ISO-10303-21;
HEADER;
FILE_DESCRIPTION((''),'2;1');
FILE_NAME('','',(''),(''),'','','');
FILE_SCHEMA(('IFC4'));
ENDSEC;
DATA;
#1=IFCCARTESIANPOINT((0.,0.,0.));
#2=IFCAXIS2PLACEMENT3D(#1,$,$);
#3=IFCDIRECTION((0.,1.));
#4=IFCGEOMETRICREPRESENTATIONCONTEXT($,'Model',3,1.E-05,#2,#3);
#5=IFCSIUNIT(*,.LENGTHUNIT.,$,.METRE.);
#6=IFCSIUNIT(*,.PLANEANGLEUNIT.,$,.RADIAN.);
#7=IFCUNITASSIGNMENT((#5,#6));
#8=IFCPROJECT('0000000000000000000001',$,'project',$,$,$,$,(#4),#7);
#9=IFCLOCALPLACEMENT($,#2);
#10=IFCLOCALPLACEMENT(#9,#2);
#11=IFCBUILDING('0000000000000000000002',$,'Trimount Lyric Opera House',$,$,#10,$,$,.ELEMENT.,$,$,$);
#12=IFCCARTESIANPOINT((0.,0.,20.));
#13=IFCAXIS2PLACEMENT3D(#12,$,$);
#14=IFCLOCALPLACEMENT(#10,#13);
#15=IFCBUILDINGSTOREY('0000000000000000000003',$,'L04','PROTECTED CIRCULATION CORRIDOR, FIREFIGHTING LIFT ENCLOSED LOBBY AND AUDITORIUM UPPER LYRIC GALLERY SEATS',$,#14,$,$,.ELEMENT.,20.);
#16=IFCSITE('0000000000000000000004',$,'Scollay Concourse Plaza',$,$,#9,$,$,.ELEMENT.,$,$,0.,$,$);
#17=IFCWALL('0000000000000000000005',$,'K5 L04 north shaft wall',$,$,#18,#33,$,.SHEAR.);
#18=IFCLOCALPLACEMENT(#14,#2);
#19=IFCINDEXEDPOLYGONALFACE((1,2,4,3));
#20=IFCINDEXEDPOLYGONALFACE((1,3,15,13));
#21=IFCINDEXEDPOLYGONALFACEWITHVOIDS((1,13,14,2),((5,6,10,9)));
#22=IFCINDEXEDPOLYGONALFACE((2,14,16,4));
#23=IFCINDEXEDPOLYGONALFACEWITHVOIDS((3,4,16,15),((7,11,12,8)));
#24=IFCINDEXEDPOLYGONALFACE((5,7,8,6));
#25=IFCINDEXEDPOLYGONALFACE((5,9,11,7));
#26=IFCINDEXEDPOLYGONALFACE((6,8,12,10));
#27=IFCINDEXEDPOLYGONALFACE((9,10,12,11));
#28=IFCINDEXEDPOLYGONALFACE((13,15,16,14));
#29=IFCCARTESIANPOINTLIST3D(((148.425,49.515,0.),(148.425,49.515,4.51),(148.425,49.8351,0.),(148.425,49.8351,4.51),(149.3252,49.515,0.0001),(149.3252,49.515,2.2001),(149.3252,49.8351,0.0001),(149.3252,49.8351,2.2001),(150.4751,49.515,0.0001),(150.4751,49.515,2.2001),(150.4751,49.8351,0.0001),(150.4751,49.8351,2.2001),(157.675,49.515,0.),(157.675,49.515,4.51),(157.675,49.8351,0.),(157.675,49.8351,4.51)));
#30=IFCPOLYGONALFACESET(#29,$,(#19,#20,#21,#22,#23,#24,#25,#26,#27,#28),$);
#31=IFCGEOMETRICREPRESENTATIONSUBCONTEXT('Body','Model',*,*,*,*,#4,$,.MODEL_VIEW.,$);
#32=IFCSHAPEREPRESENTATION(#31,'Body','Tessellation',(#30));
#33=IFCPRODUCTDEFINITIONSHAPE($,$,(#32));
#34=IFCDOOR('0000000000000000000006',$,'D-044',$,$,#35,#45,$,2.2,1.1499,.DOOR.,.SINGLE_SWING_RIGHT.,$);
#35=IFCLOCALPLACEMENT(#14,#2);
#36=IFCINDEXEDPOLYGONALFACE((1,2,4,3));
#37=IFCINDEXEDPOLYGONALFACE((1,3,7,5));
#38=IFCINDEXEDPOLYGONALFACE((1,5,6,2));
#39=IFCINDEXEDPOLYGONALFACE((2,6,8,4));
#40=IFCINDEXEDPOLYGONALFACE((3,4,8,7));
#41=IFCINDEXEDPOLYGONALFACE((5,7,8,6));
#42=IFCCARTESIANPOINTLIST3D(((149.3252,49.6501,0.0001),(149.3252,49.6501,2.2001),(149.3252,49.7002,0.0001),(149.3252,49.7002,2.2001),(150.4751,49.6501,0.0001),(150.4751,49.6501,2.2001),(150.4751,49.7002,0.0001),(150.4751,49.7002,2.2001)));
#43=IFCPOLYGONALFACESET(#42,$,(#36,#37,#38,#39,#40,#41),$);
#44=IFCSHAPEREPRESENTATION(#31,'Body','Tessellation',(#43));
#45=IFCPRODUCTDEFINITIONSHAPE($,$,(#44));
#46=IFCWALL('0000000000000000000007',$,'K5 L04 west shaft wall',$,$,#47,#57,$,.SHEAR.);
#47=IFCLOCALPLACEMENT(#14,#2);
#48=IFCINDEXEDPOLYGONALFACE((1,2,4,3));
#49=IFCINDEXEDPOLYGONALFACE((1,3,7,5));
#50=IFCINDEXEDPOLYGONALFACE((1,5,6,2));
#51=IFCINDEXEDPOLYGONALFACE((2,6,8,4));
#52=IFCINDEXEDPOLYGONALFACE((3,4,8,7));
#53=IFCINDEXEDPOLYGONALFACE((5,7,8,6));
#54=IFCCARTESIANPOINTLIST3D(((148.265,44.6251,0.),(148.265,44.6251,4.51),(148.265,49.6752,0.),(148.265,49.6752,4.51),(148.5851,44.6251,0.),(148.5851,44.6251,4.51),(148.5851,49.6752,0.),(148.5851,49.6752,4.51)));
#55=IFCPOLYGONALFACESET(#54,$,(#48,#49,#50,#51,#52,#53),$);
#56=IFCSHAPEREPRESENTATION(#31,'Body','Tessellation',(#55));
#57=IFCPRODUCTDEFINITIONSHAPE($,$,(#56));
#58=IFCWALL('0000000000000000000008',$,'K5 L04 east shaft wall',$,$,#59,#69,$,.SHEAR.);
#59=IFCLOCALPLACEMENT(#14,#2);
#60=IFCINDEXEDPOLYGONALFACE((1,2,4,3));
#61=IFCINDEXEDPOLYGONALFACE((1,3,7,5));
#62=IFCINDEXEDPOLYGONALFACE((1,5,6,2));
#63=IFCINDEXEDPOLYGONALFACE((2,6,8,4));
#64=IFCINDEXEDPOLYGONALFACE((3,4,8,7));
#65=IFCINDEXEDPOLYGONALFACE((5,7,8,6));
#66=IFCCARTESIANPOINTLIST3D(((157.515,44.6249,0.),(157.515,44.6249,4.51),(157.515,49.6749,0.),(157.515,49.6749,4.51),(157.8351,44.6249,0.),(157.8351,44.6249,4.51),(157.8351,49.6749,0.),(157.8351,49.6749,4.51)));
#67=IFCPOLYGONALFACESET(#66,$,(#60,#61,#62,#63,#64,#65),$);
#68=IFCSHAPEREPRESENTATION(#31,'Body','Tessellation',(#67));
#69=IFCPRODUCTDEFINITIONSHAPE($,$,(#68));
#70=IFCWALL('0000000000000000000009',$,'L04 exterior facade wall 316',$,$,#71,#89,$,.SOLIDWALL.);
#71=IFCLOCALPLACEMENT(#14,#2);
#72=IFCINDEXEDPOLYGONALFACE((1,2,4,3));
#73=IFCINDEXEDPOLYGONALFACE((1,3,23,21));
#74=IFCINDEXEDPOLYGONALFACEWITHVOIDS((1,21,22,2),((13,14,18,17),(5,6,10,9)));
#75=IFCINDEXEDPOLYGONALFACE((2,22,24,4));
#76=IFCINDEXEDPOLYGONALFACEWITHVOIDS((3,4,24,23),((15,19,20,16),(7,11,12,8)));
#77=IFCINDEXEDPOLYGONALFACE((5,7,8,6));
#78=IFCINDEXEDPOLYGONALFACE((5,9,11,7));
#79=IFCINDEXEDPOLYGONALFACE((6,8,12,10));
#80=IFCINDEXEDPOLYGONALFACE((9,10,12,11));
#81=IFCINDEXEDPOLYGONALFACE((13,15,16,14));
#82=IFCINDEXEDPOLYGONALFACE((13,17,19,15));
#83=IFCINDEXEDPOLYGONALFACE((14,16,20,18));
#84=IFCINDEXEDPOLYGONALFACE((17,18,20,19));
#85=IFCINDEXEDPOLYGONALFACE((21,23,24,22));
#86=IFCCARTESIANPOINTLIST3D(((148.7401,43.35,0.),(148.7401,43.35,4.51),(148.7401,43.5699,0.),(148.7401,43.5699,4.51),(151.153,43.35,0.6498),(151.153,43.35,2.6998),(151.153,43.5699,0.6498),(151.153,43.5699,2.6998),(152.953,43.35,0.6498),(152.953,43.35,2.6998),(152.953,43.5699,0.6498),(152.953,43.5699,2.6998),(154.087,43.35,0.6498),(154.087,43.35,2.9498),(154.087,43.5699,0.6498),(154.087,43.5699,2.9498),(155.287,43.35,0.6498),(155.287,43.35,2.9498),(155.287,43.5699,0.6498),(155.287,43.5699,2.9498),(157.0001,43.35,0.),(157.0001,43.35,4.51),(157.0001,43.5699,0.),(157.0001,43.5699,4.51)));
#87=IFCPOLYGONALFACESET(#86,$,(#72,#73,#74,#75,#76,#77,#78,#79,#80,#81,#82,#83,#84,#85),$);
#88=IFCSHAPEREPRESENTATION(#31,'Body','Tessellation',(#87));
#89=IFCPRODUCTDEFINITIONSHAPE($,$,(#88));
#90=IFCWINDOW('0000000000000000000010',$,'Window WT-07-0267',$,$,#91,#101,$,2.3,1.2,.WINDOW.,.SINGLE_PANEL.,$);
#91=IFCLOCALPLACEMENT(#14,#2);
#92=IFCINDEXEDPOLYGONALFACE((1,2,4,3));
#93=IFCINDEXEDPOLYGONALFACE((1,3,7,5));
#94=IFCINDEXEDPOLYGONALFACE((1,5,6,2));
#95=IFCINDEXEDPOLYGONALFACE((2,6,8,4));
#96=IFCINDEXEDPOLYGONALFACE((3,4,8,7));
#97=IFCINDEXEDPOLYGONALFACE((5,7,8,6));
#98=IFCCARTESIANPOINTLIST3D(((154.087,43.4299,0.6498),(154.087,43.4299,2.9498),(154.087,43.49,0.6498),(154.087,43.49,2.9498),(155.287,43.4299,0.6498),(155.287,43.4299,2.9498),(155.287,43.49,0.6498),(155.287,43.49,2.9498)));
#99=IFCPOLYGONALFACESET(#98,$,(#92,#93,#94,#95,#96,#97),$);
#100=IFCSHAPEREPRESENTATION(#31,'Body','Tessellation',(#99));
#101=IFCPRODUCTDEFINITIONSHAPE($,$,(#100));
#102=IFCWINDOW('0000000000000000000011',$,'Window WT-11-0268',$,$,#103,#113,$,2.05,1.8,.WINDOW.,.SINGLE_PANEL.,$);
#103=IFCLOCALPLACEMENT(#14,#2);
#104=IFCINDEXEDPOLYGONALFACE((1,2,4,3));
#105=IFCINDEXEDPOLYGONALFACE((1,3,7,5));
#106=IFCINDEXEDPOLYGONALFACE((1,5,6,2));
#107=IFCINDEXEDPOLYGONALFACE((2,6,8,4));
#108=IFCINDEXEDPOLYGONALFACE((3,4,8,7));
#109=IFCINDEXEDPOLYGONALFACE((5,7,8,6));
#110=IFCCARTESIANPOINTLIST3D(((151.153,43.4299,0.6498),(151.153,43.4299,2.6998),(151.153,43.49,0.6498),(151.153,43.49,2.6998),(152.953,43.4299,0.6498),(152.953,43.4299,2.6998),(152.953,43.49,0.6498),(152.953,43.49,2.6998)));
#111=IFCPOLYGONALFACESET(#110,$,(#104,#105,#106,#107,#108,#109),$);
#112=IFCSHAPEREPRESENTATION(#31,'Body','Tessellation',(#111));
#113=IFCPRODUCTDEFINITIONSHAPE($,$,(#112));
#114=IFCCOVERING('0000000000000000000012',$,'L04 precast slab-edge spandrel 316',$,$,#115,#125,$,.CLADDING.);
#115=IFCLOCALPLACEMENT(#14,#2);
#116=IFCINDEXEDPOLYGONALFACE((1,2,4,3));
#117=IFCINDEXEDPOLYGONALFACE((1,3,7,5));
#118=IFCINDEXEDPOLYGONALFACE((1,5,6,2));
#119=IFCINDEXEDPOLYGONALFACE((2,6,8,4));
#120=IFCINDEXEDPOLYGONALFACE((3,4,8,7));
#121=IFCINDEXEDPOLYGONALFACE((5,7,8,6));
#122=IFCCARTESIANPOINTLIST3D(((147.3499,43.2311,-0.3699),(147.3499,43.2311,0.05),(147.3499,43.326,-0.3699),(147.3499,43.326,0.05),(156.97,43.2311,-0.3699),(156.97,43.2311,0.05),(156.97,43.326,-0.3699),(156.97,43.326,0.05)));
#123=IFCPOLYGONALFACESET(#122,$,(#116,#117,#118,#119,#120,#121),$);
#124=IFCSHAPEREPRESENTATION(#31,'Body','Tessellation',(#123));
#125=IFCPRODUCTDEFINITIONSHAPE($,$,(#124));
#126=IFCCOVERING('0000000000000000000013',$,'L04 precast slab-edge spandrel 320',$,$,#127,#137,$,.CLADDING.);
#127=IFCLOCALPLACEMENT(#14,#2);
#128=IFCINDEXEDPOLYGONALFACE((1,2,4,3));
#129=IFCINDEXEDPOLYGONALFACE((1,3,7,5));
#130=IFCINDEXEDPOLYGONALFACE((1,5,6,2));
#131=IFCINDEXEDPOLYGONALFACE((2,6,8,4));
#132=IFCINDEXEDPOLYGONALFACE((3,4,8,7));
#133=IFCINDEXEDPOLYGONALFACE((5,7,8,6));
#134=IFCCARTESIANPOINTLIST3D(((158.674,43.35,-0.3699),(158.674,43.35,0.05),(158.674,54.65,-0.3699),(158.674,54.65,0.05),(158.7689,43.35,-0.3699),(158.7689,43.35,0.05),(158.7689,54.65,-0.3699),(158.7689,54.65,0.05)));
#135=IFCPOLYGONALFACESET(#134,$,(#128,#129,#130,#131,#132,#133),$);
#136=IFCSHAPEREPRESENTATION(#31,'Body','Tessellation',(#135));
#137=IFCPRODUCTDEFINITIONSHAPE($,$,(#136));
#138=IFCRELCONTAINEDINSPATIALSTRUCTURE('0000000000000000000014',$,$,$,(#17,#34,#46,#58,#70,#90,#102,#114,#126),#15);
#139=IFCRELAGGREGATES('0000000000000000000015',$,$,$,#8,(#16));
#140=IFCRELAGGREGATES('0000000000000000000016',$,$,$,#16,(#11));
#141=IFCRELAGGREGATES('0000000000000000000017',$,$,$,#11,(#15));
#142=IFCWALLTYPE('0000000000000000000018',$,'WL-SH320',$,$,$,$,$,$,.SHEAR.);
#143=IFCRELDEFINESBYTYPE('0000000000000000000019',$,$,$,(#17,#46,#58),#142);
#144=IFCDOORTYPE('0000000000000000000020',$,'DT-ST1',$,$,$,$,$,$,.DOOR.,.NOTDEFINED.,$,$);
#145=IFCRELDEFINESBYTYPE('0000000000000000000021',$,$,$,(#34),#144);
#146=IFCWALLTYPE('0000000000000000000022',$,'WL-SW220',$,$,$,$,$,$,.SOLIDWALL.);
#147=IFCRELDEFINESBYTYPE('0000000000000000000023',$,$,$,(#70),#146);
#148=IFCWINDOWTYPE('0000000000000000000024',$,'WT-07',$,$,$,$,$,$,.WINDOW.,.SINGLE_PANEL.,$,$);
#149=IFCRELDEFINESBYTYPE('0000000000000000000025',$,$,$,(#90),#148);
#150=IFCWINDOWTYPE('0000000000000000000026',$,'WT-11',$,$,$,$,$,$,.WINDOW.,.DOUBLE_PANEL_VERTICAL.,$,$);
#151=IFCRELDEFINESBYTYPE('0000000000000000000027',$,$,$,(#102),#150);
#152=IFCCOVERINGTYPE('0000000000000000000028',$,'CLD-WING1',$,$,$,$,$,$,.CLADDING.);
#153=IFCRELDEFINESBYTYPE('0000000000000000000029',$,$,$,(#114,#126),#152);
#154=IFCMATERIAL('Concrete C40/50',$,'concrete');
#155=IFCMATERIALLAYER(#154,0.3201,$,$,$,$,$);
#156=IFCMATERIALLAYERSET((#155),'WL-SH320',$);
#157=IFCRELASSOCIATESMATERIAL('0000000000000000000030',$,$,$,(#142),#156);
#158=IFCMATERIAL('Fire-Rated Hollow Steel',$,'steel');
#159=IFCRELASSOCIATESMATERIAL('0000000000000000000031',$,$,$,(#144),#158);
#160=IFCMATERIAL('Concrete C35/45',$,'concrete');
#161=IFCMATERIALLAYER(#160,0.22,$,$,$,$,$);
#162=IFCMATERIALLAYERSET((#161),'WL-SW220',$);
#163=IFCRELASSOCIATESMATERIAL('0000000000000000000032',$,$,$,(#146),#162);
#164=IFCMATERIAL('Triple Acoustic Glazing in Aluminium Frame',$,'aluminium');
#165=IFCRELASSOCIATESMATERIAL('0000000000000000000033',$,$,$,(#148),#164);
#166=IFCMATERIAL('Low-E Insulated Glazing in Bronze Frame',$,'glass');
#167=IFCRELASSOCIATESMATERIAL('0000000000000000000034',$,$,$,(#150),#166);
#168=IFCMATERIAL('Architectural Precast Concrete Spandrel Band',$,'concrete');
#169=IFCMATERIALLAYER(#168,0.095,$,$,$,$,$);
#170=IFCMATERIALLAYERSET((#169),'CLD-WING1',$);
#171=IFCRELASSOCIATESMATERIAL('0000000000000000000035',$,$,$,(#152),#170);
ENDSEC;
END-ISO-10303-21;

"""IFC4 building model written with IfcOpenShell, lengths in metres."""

from ifc_helpers import new_model, si_unit, direction, frame, frame_2d, origin, origin_2d, place, context, subcontext, project, spatial, rectangle, extrude, material, layer, layer_set, type_object, element, fill, save


model = new_model("IFC4")

# Units and contexts
model_context = context("Model", 3, precision=1e-05, world=origin(), true_north=direction((0.0, 1.0)))
body_context = subcontext(model_context, "Body", "Model", "MODEL_VIEW")
ifc_project = project(units=[si_unit("LENGTHUNIT", "METRE"), si_unit("PLANEANGLEUNIT", "RADIAN")], contexts=[model_context])

# Site, building, storey
site_placement = place(None, origin())
site = spatial("IfcSite", under=ifc_project, at=site_placement, Name="Scollay Concourse Plaza", CompositionType="ELEMENT", RefElevation=0.0)
building_placement = place(site_placement, origin())
building = spatial("IfcBuilding", under=site, at=building_placement, Name="Trimount Lyric Opera House", CompositionType="ELEMENT")
storey_placement = place(building_placement, frame((0.0, 0.0, 20.0)))
storey = spatial("IfcBuildingStorey", under=building, at=storey_placement, Name="L04", Description="PROTECTED CIRCULATION CORRIDOR, FIREFIGHTING LIFT ENCLOSED LOBBY AND AUDITORIUM UPPER LYRIC GALLERY SEATS", CompositionType="ELEMENT", Elevation=20.0)

# Shared definitions
ifc_material_1 = material(Name="Concrete C40/50", Category="concrete")
ifc_layer_1 = layer(ifc_material_1, 0.3201)
ifc_layer_set_1 = layer_set([ifc_layer_1], Name="WL-SH320")
wall_type_1 = type_object("IfcWallType", Name="WL-SH320", PredefinedType="SHEAR", material=ifc_layer_set_1)

# Wall, opening, door
wall_1_placement = place(storey_placement, frame((157.675, 49.675, 0.0), z_axis=(0.0, 0.0, 1.0), x_axis=(-1.0, 0.0, 0.0)))
wall_1 = element("IfcWall", 1, at=wall_1_placement, inside=storey, type_object=wall_type_1, Name="K5 L04 north shaft wall", PredefinedType="SHEAR", context=body_context, shape_type="SweptSolid", body=[
    extrude(rectangle(XDim=9.25, YDim=0.3201, at=frame_2d((4.625, 0.0))), origin(), (0.0, 0.0, 1.0), 4.51),
])
opening_1_placement = place(wall_1_placement, frame((7.2, 0.0, 0.0)))
opening_1 = element("IfcOpeningElement", 2, at=opening_1_placement, cuts=wall_1, PredefinedType="OPENING", context=body_context, shape_type="SweptSolid", body=[
    extrude(rectangle(XDim=1.1499, YDim=2.2, at=frame_2d((0.575, 1.1001))), frame((0.0, 0.1699, 0.0), z_axis=(0.0, -1.0, 0.0), x_axis=(1.0, 0.0, 0.0)), (0.0, 0.0, 1.0), 0.3401),
])
ifc_material_2 = material(Name="Fire-Rated Hollow Steel", Category="steel")
door_type_1 = type_object("IfcDoorType", Name="DT-ST1", OperationType="NOTDEFINED", PredefinedType="DOOR", material=ifc_material_2)
door_1_placement = place(opening_1_placement, origin())
door_1 = element("IfcDoor", 3, at=door_1_placement, inside=storey, type_object=door_type_1, Name="D-044", OperationType="SINGLE_SWING_RIGHT", OverallHeight=2.2, OverallWidth=1.1499, PredefinedType="DOOR", context=body_context, shape_type="SweptSolid", body=[
    extrude(rectangle(XDim=1.1499, YDim=2.2, at=frame_2d((0.575, 1.1001))), frame((0.0, 0.0249, 0.0), z_axis=(0.0, -1.0, 0.0), x_axis=(1.0, 0.0, 0.0)), (0.0, 0.0, 1.0), 0.05),
])
fill(opening_1, door_1)

# Walls
for number, where, z_axis, x_axis, name in (
    (4, (148.425, 49.675, 0.0), (0.0, 0.0, 1.0), (0.0, -1.0, 0.0), "K5 L04 west shaft wall"),
    (5, (157.675, 44.625, 0.0), (0.0, 0.0, 1.0), (0.0, 1.0, 0.0), "K5 L04 east shaft wall"),
):
    element("IfcWall", number, at=place(storey_placement, frame(where, z_axis=z_axis, x_axis=x_axis)), inside=storey, type_object=wall_type_1, Name=name, PredefinedType="SHEAR", context=body_context, shape_type="SweptSolid", body=[
        extrude(rectangle(XDim=5.05, YDim=0.3201, at=frame_2d((2.5249, 0.0))), origin(), (0.0, 0.0, 1.0), 4.51),
    ])
ifc_material_3 = material(Name="Concrete C35/45", Category="concrete")
ifc_layer_2 = layer(ifc_material_3, 0.22)
ifc_layer_set_2 = layer_set([ifc_layer_2], Name="WL-SW220")
wall_type_2 = type_object("IfcWallType", Name="WL-SW220", PredefinedType="SOLIDWALL", material=ifc_layer_set_2)

# Wall, openings, windows
wall_2_placement = place(storey_placement, frame((157.0, 43.46, 0.0), z_axis=(0.0, 0.0, 1.0), x_axis=(-1.0, 0.0, 0.0)))
wall_2 = element("IfcWall", 6, at=wall_2_placement, inside=storey, type_object=wall_type_2, Name="L04 exterior facade wall 316", PredefinedType="SOLIDWALL", context=body_context, shape_type="SweptSolid", body=[
    extrude(rectangle(XDim=8.26, YDim=0.22, at=frame_2d((4.1299, 0.0))), origin(), (0.0, 0.0, 1.0), 4.51),
])
opening_2_placement = place(wall_2_placement, frame((1.7129, 0.0, 0.6499)))
opening_2 = element("IfcOpeningElement", 7, at=opening_2_placement, cuts=wall_2, PredefinedType="OPENING", context=body_context, shape_type="SweptSolid", body=[
    extrude(rectangle(XDim=1.2, YDim=2.3, at=frame_2d((0.6001, 1.1499))), frame((0.0, 0.1201, 0.0), z_axis=(0.0, -1.0, 0.0), x_axis=(1.0, 0.0, 0.0)), (0.0, 0.0, 1.0), 0.24),
])
opening_3_placement = place(wall_2_placement, frame((4.0471, 0.0, 0.6499)))
opening_3 = element("IfcOpeningElement", 8, at=opening_3_placement, cuts=wall_2, PredefinedType="OPENING", context=body_context, shape_type="SweptSolid", body=[
    extrude(rectangle(XDim=1.8, YDim=2.05, at=frame_2d((0.8999, 1.0249))), frame((0.0, 0.1201, 0.0), z_axis=(0.0, -1.0, 0.0), x_axis=(1.0, 0.0, 0.0)), (0.0, 0.0, 1.0), 0.24),
])
ifc_material_4 = material(Name="Triple Acoustic Glazing in Aluminium Frame", Category="aluminium")
window_type_1 = type_object("IfcWindowType", Name="WT-07", PartitioningType="SINGLE_PANEL", PredefinedType="WINDOW", material=ifc_material_4)
window_1_placement = place(opening_2_placement, origin())
window_1 = element("IfcWindow", 9, at=window_1_placement, inside=storey, type_object=window_type_1, Name="Window WT-07-0267", OverallHeight=2.3, OverallWidth=1.2, PartitioningType="SINGLE_PANEL", PredefinedType="WINDOW", context=body_context, shape_type="SweptSolid", body=[
    extrude(rectangle(XDim=1.2, YDim=2.3, at=frame_2d((0.6001, 1.1499))), frame((0.0, 0.03, 0.0), z_axis=(0.0, -1.0, 0.0), x_axis=(1.0, 0.0, 0.0)), (0.0, 0.0, 1.0), 0.0601),
])
fill(opening_2, window_1)
ifc_material_5 = material(Name="Low-E Insulated Glazing in Bronze Frame", Category="glass")
window_type_2 = type_object("IfcWindowType", Name="WT-11", PartitioningType="DOUBLE_PANEL_VERTICAL", PredefinedType="WINDOW", material=ifc_material_5)
window_2_placement = place(opening_3_placement, origin())
window_2 = element("IfcWindow", 10, at=window_2_placement, inside=storey, type_object=window_type_2, Name="Window WT-11-0268", OverallHeight=2.05, OverallWidth=1.8, PartitioningType="SINGLE_PANEL", PredefinedType="WINDOW", context=body_context, shape_type="SweptSolid", body=[
    extrude(rectangle(XDim=1.8, YDim=2.05, at=frame_2d((0.8999, 1.0249))), frame((0.0, 0.03, 0.0), z_axis=(0.0, -1.0, 0.0), x_axis=(1.0, 0.0, 0.0)), (0.0, 0.0, 1.0), 0.0601),
])
fill(opening_3, window_2)

# Coverings
ifc_material_6 = material(Name="Architectural Precast Concrete Spandrel Band", Category="concrete")
ifc_layer_3 = layer(ifc_material_6, 0.095)
ifc_layer_set_3 = layer_set([ifc_layer_3], Name="CLD-WING1")
covering_type = type_object("IfcCoveringType", Name="CLD-WING1", PredefinedType="CLADDING", material=ifc_layer_set_3)
covering_1_placement = place(storey_placement, frame((152.1599, 43.2786, -0.3699), z_axis=(0.0, 0.0, 1.0), x_axis=(-1.0, 0.0, 0.0)))
element("IfcCovering", 11, at=covering_1_placement, inside=storey, type_object=covering_type, Name="L04 precast slab-edge spandrel 316", PredefinedType="CLADDING", context=body_context, shape_type="SweptSolid", body=[
    extrude(rectangle(XDim=9.6201, YDim=0.095, at=origin_2d()), origin(), (0.0, 0.0, 1.0), 0.4199),
])
covering_2_placement = place(storey_placement, frame((158.7214, 49.0, -0.3699), z_axis=(0.0, 0.0, 1.0), x_axis=(0.0, -1.0, 0.0)))
element("IfcCovering", 12, at=covering_2_placement, inside=storey, type_object=covering_type, Name="L04 precast slab-edge spandrel 320", PredefinedType="CLADDING", context=body_context, shape_type="SweptSolid", body=[
    extrude(rectangle(XDim=11.3, YDim=0.095, at=origin_2d()), origin(), (0.0, 0.0, 1.0), 0.4199),
])

save(model, "model.ifc")
